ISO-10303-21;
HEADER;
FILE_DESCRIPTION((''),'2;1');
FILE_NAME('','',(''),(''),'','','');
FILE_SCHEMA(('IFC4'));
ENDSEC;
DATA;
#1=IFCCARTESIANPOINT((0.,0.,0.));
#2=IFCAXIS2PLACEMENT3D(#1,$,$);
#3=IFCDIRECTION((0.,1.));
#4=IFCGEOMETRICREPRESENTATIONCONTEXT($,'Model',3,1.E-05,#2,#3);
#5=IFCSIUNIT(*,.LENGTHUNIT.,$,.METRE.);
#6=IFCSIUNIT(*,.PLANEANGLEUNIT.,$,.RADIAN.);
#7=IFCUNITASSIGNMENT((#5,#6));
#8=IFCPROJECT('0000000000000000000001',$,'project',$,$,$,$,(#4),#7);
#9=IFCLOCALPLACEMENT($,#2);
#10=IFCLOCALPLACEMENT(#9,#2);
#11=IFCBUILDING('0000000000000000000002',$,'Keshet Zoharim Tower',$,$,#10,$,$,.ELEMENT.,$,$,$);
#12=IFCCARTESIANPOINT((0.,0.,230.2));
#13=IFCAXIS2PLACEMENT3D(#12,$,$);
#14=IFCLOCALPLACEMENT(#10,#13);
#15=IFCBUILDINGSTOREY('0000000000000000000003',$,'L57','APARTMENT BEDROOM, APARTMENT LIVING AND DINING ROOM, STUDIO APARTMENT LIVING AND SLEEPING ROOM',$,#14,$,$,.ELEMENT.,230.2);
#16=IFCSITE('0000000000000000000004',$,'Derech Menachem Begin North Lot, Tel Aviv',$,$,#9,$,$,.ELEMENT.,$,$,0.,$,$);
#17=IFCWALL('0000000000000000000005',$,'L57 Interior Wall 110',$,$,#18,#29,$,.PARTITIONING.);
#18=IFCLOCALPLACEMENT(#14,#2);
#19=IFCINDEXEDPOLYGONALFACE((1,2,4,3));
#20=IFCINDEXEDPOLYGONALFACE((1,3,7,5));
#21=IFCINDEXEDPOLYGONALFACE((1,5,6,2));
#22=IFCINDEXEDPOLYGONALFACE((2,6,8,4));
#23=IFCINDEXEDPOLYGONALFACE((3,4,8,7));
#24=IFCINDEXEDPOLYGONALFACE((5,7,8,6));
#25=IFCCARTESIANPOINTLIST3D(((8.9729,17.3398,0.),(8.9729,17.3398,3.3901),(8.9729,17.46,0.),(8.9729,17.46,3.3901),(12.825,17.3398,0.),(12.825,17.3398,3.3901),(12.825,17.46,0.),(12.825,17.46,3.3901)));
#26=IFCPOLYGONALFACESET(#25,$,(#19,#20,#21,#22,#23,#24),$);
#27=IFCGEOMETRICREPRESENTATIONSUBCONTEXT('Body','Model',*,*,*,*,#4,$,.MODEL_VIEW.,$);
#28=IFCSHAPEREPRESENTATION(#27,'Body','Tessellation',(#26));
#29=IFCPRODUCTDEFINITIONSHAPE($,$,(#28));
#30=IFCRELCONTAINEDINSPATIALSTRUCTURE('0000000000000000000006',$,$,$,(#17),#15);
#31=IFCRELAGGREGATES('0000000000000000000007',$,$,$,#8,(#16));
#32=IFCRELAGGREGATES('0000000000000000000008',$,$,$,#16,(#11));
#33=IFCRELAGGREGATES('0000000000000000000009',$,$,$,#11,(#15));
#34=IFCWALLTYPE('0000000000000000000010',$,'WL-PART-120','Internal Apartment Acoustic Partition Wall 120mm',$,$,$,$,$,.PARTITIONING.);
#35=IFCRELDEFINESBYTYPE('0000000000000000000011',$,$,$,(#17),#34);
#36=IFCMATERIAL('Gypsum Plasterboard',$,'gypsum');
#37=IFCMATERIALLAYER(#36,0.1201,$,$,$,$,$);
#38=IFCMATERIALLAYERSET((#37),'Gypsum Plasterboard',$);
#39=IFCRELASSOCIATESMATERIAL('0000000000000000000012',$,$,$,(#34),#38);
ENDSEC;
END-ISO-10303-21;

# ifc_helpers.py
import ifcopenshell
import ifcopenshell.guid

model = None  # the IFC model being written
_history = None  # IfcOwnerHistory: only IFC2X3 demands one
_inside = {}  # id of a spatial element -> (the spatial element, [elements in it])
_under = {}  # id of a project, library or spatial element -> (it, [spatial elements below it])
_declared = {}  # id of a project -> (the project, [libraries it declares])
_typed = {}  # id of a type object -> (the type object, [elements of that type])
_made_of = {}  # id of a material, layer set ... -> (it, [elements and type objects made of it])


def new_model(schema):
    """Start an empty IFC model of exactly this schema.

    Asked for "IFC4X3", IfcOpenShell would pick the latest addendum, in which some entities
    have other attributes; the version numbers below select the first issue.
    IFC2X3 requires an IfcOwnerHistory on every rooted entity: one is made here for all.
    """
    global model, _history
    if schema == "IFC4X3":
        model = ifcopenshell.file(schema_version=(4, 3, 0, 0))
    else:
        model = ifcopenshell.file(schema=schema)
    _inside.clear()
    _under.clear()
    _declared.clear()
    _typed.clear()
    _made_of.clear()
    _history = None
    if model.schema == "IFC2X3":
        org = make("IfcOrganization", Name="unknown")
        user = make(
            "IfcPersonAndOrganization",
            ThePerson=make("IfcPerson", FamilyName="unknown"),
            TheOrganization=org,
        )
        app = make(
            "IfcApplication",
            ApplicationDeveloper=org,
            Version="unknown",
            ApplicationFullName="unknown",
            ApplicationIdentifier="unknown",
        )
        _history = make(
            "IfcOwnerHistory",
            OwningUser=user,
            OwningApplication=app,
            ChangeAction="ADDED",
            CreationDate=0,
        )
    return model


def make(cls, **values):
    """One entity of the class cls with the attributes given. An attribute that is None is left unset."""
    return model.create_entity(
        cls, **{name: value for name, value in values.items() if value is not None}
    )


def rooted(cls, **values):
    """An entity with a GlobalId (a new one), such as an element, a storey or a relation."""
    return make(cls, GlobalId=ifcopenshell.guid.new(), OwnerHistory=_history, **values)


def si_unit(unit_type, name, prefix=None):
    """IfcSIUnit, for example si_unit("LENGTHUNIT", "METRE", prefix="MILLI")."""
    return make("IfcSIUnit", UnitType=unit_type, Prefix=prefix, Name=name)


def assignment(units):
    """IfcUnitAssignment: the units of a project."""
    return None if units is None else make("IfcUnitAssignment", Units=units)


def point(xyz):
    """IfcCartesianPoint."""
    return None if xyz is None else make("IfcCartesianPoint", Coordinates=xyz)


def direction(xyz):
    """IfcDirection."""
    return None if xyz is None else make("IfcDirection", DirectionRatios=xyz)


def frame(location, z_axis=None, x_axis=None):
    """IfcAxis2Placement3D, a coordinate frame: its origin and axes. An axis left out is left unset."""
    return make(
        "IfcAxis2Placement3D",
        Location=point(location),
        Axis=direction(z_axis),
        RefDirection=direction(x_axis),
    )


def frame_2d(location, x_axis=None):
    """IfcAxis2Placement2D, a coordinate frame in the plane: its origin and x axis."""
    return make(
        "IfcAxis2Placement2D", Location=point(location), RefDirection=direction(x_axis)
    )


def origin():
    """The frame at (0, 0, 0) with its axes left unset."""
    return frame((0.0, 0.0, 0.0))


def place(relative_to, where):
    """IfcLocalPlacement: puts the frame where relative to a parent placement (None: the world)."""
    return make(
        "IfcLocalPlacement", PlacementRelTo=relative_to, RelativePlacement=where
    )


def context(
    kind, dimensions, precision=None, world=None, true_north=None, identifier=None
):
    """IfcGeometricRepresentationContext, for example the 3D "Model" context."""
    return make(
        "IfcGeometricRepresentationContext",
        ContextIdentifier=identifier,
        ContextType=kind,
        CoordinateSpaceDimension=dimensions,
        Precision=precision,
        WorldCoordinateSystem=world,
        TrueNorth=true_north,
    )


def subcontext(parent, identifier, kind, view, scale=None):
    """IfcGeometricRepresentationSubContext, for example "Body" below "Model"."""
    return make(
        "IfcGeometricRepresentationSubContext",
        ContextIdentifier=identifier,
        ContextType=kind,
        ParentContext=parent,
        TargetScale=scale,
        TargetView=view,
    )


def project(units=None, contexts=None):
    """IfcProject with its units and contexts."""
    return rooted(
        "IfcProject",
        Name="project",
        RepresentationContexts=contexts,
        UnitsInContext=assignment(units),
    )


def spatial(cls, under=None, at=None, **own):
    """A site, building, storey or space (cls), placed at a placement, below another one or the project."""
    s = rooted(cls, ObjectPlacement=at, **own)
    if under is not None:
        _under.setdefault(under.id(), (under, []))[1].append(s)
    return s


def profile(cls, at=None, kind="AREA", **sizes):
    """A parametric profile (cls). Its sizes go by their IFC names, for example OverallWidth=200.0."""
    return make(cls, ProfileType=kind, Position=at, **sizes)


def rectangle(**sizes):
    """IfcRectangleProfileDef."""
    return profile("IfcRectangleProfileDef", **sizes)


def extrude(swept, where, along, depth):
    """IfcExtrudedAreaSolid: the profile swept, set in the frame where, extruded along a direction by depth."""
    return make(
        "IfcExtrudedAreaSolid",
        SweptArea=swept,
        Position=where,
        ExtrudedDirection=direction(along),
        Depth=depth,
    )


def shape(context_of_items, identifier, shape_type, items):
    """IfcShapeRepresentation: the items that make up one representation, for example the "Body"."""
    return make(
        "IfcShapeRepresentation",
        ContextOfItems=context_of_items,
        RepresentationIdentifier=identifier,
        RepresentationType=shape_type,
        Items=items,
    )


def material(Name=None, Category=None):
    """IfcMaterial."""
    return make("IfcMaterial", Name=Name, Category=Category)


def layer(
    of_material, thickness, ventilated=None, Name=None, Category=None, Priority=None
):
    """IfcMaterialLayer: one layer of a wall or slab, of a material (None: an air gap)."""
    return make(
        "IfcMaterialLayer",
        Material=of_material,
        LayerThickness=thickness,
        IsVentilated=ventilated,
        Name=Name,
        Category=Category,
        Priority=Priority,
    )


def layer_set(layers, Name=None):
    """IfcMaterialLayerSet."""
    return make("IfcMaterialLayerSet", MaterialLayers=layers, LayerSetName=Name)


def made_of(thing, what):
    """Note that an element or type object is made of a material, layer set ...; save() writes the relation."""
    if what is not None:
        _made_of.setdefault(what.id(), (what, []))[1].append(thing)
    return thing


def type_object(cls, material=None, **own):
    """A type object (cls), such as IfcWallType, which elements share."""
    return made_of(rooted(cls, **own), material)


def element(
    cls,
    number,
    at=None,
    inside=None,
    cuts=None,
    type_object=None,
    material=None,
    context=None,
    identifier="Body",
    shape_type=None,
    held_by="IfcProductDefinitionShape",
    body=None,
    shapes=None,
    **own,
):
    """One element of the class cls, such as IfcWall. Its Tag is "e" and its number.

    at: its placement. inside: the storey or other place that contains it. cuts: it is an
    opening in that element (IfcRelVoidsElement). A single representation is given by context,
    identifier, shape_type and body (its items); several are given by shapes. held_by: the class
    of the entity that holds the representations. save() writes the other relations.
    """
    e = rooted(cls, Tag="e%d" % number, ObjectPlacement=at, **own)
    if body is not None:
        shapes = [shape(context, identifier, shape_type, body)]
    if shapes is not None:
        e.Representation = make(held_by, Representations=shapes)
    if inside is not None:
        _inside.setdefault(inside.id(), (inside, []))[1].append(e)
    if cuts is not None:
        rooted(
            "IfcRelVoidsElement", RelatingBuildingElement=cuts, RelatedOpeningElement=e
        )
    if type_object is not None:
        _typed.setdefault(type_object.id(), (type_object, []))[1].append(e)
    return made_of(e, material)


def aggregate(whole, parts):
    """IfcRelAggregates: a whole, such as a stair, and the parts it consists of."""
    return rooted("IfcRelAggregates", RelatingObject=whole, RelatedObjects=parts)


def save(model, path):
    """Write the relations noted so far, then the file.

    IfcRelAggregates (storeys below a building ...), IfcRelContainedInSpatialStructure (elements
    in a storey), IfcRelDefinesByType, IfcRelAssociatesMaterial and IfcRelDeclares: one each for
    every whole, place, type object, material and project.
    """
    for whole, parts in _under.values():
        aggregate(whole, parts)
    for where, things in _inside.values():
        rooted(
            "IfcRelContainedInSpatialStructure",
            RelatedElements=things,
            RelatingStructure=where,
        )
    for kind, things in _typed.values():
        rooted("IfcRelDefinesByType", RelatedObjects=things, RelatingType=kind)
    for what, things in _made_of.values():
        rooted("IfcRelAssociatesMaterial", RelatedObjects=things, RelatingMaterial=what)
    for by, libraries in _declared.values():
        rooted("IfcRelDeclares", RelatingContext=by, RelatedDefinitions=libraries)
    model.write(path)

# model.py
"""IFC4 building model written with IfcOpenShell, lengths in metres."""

from ifc_helpers import new_model, si_unit, direction, frame, frame_2d, origin, place, context, subcontext, project, spatial, rectangle, extrude, material, layer, layer_set, type_object, element, save


model = new_model("IFC4")

# Units and contexts
model_context = context("Model", 3, precision=1e-05, world=origin(), true_north=direction((0.0, 1.0)))
body_context = subcontext(model_context, "Body", "Model", "MODEL_VIEW")
ifc_project = project(units=[si_unit("LENGTHUNIT", "METRE"), si_unit("PLANEANGLEUNIT", "RADIAN")], contexts=[model_context])

# Site, building, storey
site_placement = place(None, origin())
site = spatial("IfcSite", under=ifc_project, at=site_placement, Name="Derech Menachem Begin North Lot, Tel Aviv", CompositionType="ELEMENT", RefElevation=0.0)
building_placement = place(site_placement, origin())
building = spatial("IfcBuilding", under=site, at=building_placement, Name="Keshet Zoharim Tower", CompositionType="ELEMENT")
storey_placement = place(building_placement, frame((0.0, 0.0, 230.2)))
storey = spatial("IfcBuildingStorey", under=building, at=storey_placement, Name="L57", Description="APARTMENT BEDROOM, APARTMENT LIVING AND DINING ROOM, STUDIO APARTMENT LIVING AND SLEEPING ROOM", CompositionType="ELEMENT", Elevation=230.2)

# Shared definitions
ifc_material_1 = material(Name="Gypsum Plasterboard", Category="gypsum")

# Wall
ifc_layer_1 = layer(ifc_material_1, 0.1201)
ifc_layer_set_1 = layer_set([ifc_layer_1], Name="Gypsum Plasterboard")
wall_type_1 = type_object("IfcWallType", Name="WL-PART-120", Description="Internal Apartment Acoustic Partition Wall 120mm", PredefinedType="PARTITIONING", material=ifc_layer_set_1)
wall_1_placement = place(storey_placement, frame((8.9729, 17.3999, 0.0), z_axis=(0.0, 0.0, 1.0), x_axis=(1.0, 0.0, 0.0)))
element("IfcWall", 1, at=wall_1_placement, inside=storey, type_object=wall_type_1, Name="L57 Interior Wall 110", PredefinedType="PARTITIONING", context=body_context, shape_type="SweptSolid", body=[
    extrude(rectangle(XDim=3.8521, YDim=0.1201, at=frame_2d((1.926, 0.0))), origin(), (0.0, 0.0, 1.0), 3.3901),
])

save(model, "model.ifc")
